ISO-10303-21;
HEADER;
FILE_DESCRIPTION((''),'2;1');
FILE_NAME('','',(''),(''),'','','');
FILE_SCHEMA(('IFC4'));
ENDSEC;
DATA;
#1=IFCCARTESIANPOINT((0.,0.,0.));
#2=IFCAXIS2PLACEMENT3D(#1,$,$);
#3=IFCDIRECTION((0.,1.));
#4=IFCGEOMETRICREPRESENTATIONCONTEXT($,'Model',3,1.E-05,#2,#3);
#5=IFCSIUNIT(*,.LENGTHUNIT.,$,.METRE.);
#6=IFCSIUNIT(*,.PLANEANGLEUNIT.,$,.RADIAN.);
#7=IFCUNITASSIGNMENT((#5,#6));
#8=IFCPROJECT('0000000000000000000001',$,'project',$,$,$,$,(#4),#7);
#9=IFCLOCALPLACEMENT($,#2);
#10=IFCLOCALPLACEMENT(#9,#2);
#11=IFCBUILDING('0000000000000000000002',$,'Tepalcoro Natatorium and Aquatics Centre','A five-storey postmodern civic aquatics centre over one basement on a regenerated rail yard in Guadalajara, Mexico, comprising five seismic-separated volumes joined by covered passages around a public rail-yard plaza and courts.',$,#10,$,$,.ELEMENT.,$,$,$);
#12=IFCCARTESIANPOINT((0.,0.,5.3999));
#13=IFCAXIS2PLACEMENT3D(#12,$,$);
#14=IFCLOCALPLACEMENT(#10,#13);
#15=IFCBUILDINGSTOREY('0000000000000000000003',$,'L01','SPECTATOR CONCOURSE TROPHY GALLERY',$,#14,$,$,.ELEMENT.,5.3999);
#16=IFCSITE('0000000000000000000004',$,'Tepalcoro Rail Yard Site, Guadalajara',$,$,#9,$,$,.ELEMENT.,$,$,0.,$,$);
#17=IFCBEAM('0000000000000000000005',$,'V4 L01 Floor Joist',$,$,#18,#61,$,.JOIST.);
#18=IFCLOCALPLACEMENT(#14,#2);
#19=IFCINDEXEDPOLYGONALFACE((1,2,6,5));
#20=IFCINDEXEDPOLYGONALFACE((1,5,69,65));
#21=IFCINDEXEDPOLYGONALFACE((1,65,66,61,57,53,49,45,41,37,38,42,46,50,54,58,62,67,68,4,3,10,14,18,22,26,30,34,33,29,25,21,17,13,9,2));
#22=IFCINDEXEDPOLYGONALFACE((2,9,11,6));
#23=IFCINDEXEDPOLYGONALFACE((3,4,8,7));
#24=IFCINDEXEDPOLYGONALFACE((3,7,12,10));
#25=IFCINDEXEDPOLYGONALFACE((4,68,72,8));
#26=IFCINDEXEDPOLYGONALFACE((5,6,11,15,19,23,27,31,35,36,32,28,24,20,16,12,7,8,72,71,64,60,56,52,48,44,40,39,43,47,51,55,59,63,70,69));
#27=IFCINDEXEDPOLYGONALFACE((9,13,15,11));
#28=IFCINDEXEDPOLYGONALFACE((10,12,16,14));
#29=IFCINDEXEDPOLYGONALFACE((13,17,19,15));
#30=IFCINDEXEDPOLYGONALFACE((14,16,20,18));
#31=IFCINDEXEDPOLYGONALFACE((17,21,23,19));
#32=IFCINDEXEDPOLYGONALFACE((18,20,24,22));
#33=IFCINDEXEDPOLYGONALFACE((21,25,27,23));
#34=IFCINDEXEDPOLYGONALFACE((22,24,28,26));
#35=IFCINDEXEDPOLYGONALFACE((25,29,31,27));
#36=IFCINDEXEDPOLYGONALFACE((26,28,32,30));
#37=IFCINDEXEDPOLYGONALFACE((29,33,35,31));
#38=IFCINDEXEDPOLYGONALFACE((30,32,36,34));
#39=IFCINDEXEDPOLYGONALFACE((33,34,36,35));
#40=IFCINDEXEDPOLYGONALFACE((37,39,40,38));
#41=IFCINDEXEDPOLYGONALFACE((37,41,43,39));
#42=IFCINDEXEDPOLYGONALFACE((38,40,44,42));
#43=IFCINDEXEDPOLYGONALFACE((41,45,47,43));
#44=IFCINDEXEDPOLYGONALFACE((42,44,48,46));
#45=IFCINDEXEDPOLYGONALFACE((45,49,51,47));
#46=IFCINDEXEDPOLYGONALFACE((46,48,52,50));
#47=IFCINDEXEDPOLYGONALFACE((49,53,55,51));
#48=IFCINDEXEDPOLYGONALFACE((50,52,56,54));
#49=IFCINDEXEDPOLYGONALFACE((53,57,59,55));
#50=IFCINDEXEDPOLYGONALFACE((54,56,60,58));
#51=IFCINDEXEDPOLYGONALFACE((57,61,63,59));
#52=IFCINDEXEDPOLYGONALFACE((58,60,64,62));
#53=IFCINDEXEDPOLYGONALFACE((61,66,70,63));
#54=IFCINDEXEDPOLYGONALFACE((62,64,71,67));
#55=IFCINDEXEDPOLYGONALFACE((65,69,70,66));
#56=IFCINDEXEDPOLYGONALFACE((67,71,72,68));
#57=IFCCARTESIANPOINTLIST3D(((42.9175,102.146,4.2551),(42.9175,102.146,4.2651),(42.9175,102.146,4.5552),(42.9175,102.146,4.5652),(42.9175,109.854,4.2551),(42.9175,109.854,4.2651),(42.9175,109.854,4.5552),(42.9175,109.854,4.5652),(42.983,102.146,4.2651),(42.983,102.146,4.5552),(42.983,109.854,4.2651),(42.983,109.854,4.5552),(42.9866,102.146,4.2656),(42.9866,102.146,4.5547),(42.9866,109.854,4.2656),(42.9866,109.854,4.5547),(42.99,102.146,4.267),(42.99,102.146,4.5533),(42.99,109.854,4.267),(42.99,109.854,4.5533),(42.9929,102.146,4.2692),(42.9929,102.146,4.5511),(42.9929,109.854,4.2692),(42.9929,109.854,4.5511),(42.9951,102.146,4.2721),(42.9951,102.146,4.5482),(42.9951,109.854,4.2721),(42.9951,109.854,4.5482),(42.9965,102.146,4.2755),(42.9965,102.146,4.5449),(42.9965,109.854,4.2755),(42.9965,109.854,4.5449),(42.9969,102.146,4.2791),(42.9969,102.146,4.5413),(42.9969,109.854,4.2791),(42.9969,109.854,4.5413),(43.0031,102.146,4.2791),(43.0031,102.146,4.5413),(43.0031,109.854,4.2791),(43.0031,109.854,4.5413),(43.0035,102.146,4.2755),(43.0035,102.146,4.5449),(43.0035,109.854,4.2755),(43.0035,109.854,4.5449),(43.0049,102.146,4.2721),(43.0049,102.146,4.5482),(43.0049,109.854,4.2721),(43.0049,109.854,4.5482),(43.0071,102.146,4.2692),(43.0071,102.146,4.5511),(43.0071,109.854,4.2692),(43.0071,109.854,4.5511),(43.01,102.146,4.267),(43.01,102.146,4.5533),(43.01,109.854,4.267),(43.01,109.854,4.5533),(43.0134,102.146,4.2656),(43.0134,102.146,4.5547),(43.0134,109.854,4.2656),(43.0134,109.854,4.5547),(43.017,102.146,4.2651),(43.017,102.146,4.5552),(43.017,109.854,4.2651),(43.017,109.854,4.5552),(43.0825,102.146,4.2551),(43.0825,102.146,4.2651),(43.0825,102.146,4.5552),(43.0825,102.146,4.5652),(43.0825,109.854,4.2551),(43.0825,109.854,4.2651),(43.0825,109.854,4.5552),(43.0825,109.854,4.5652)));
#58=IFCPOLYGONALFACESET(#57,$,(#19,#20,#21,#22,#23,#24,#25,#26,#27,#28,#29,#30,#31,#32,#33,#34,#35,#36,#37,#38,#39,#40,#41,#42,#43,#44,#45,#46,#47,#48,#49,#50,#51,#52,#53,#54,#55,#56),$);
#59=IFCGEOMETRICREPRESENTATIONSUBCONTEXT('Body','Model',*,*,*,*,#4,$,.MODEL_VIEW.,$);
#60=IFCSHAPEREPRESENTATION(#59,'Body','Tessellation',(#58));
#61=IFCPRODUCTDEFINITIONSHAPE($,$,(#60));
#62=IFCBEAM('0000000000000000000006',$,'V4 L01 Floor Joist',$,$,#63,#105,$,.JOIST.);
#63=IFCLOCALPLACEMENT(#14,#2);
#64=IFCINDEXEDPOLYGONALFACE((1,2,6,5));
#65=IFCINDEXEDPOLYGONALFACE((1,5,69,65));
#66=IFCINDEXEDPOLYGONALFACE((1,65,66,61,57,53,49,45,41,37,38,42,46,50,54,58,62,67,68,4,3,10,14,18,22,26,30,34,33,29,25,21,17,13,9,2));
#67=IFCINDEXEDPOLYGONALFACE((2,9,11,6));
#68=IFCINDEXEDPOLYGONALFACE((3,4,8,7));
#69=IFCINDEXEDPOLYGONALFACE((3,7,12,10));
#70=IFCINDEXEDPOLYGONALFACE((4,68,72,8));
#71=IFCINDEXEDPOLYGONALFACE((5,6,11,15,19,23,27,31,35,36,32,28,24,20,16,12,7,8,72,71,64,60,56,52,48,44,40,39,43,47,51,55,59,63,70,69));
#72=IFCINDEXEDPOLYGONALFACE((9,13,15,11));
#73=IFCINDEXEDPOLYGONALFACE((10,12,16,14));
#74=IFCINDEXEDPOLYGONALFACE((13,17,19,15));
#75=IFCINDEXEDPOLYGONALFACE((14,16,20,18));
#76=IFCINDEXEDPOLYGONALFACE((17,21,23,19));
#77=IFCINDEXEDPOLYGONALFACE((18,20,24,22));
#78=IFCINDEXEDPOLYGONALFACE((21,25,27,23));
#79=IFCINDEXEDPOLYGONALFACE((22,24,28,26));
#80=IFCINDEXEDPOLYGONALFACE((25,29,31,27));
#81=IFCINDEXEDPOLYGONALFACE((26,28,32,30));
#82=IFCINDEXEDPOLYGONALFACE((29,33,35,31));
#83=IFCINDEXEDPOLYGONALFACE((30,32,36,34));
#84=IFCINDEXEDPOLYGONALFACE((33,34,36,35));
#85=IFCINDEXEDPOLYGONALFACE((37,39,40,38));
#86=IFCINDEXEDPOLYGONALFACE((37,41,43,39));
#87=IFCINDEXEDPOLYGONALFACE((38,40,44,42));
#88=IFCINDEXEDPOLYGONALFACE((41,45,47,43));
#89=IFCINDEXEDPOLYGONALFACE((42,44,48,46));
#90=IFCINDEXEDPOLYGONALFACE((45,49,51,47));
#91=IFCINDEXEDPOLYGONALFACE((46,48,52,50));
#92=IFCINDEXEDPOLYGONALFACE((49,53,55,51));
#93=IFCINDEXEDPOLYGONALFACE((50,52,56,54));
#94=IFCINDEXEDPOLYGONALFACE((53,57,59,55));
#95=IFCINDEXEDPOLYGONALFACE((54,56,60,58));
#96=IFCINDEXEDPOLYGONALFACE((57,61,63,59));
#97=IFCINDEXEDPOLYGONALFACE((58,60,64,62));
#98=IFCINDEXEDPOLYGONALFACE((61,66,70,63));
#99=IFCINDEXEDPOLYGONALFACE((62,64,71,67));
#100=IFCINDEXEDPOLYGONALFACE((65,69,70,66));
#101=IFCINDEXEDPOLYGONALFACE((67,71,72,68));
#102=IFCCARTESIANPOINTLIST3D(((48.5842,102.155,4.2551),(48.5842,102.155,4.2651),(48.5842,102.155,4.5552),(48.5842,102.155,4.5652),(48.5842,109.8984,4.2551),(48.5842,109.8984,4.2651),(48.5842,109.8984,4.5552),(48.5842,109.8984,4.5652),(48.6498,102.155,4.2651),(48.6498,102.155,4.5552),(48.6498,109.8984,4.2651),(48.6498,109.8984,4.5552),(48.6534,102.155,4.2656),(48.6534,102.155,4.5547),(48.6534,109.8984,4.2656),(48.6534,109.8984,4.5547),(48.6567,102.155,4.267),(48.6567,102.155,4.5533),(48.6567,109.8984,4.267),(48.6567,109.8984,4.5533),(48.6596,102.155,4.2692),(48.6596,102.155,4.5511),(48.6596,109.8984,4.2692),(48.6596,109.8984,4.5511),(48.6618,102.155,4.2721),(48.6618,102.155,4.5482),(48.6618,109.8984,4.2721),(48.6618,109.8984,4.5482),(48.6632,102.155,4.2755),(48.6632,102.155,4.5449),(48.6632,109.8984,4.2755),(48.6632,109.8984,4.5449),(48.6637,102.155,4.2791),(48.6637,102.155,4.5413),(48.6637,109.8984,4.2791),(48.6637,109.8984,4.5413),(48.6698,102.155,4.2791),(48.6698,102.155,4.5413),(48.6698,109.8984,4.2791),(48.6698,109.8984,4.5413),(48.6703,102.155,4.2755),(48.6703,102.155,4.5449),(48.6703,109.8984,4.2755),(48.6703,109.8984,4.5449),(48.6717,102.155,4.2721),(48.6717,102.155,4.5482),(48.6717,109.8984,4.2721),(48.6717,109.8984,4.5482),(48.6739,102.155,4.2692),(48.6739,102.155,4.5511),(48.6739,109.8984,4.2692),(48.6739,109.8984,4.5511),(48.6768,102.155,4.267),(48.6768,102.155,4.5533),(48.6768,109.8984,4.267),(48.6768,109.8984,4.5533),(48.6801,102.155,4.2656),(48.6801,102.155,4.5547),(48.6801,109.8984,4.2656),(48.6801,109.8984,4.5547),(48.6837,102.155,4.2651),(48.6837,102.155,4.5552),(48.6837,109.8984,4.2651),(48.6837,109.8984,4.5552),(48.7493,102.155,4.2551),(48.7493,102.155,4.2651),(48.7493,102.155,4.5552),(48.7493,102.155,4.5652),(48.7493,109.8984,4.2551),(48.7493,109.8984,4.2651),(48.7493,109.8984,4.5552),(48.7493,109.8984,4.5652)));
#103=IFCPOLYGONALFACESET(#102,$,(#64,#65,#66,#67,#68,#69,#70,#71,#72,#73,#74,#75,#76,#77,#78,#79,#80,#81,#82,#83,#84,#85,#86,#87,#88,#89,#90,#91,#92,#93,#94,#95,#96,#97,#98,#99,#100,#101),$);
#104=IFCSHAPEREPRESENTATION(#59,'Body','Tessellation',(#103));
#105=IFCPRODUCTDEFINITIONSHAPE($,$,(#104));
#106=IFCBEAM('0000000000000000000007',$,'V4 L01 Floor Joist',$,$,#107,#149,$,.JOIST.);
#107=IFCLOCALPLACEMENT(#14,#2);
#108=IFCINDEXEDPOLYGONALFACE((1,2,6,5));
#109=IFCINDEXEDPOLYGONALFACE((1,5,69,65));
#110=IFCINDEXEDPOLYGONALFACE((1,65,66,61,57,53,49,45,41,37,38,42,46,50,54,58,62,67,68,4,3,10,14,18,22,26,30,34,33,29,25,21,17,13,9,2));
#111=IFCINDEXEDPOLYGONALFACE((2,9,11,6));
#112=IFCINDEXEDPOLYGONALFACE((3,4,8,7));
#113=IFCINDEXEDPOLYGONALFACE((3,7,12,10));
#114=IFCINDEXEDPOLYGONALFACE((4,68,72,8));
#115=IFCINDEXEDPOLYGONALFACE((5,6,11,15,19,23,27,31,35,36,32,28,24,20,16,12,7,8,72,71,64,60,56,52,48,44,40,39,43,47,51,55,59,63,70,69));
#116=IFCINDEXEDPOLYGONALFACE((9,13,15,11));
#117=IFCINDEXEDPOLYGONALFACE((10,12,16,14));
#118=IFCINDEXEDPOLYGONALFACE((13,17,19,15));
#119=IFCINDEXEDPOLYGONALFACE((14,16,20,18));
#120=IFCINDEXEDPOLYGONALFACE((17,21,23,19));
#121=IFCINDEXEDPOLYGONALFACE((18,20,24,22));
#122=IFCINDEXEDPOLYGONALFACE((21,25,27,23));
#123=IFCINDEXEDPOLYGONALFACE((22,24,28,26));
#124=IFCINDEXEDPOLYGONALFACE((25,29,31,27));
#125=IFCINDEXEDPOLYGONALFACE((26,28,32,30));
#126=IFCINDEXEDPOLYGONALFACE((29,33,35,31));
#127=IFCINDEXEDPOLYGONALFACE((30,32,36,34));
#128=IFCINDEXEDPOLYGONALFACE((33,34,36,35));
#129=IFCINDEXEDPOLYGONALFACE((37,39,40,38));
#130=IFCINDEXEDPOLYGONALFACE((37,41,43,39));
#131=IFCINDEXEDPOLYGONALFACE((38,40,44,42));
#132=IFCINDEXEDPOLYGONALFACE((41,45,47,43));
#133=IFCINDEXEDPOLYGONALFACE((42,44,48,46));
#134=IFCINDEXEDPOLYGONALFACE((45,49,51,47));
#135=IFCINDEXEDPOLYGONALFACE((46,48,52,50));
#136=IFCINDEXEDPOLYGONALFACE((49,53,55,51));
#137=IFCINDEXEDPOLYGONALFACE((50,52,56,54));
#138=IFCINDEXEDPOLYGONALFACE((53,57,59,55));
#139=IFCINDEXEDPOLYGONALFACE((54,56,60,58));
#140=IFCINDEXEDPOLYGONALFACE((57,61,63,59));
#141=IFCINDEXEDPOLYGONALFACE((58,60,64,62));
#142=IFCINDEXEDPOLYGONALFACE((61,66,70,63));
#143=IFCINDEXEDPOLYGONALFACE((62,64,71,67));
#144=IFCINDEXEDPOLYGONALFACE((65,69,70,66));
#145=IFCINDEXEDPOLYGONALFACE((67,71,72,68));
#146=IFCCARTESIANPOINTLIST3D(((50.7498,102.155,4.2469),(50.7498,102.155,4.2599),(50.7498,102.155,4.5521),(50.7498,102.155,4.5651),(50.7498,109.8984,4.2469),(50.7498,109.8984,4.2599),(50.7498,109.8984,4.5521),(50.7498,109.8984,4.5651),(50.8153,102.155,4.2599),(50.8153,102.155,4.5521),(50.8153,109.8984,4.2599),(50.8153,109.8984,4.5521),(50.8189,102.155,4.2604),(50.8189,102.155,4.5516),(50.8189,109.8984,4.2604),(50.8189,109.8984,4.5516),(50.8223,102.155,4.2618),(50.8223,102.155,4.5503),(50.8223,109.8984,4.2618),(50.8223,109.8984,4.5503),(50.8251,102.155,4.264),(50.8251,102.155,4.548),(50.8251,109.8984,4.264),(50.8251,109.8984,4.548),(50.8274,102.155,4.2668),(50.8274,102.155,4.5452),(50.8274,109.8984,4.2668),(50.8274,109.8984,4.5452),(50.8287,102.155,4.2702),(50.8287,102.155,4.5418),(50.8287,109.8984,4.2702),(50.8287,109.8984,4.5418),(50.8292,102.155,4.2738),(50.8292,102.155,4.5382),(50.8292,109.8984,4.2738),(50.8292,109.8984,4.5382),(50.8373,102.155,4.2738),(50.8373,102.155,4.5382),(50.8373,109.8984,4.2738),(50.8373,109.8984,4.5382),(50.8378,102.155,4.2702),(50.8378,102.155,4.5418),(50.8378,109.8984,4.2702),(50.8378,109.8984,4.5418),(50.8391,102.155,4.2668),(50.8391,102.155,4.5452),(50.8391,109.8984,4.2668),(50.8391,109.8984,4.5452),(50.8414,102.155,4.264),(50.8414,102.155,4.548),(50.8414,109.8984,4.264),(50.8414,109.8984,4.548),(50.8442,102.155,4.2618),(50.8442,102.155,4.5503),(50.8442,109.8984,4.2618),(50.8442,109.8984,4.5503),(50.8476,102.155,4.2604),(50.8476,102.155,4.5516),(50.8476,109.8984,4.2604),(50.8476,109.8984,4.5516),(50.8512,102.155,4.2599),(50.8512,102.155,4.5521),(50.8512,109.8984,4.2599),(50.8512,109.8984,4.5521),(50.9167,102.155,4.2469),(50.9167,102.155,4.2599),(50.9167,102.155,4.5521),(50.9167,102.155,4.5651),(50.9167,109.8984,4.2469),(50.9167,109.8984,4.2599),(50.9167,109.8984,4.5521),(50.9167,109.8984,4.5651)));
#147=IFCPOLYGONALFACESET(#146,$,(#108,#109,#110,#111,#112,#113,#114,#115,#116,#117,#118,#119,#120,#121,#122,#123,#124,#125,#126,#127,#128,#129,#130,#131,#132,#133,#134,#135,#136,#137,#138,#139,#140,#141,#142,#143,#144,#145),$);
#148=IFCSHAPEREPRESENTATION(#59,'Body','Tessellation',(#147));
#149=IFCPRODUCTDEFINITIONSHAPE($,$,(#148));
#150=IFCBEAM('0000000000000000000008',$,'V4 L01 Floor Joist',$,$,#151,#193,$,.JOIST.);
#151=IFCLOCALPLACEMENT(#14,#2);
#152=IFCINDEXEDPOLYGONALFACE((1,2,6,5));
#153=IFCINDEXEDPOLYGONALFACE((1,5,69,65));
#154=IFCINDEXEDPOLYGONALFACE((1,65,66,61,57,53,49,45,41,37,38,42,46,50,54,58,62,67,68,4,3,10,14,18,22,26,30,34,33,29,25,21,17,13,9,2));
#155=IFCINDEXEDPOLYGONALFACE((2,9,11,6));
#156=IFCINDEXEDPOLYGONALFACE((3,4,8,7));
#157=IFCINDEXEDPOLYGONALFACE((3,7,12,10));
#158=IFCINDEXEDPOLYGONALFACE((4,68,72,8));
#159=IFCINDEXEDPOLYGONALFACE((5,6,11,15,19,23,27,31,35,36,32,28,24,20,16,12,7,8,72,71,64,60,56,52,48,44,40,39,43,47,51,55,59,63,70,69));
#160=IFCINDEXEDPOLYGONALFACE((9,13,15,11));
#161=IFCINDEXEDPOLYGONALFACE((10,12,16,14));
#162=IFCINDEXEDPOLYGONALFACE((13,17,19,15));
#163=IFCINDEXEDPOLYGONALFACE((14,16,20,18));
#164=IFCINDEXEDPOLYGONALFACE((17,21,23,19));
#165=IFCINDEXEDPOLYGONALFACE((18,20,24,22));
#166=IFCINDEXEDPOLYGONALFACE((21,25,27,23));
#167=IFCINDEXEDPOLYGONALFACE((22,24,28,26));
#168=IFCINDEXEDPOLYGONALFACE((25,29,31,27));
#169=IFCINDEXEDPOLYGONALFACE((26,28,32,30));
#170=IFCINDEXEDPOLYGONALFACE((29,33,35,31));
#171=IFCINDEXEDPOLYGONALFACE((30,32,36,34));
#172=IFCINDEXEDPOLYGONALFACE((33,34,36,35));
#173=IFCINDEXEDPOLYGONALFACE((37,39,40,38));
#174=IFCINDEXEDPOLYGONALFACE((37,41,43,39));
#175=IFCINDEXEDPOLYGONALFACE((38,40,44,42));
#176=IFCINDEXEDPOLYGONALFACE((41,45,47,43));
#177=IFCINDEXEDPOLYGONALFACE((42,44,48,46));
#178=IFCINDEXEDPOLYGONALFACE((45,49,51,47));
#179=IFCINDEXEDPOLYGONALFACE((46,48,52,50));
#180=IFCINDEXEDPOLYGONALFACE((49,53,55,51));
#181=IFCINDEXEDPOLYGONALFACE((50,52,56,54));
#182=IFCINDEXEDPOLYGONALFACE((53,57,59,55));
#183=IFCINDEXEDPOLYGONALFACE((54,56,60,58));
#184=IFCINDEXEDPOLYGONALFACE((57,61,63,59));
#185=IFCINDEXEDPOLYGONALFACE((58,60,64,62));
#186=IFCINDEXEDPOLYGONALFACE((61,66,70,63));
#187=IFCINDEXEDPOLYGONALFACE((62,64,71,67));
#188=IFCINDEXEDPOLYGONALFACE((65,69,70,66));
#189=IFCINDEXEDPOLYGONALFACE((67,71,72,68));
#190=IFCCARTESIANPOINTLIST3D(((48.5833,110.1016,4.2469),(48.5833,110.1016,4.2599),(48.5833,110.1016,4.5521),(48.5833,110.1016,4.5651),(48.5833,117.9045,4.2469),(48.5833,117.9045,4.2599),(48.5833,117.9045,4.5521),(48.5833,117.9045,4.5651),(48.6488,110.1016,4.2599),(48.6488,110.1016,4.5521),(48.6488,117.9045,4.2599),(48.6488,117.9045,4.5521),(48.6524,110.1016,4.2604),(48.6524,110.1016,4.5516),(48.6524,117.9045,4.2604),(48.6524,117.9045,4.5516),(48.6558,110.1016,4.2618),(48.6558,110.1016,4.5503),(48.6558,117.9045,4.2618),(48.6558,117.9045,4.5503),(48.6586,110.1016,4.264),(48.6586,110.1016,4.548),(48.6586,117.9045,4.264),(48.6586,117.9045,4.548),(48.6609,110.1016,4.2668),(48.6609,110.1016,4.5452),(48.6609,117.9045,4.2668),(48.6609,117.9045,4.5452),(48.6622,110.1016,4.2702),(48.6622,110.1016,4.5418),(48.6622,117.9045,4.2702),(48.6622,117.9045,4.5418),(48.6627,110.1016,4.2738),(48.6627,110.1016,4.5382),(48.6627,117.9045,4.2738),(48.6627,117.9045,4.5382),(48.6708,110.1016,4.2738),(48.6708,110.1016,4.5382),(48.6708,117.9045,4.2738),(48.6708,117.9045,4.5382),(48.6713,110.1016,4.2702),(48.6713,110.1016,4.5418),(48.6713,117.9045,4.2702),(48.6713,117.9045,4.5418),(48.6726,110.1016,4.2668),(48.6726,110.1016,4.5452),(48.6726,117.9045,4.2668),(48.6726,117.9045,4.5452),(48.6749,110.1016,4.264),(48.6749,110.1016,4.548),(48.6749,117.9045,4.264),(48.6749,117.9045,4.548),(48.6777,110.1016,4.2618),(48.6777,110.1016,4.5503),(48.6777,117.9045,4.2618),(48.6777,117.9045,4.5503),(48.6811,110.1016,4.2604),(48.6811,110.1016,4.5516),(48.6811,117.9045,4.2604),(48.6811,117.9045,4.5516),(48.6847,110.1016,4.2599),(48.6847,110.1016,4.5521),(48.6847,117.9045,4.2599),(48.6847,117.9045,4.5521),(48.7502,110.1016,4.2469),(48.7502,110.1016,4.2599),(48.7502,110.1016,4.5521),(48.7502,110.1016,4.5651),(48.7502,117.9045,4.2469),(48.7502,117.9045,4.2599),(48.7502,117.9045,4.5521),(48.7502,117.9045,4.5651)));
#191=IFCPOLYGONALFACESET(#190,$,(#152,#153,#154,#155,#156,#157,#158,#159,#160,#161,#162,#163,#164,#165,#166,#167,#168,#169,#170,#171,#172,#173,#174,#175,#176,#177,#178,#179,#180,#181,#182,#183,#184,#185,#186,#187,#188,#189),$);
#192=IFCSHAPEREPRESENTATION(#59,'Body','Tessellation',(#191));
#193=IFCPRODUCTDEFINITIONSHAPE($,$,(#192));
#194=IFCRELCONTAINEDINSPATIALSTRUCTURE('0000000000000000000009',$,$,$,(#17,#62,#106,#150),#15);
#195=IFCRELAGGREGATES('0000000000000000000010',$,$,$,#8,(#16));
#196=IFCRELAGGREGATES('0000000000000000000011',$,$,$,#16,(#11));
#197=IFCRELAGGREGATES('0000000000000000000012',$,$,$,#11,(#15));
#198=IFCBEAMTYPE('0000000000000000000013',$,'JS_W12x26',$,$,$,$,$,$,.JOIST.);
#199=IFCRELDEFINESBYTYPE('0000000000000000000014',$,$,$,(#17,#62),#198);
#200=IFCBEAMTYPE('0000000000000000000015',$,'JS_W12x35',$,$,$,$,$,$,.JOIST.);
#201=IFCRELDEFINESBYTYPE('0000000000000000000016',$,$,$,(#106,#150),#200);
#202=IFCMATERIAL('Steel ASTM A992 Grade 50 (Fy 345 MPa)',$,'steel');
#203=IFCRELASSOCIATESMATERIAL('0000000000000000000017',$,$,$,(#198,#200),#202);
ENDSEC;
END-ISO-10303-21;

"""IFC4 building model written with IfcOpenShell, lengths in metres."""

from ifc_helpers import new_model, si_unit, direction, frame, origin, origin_2d, place, context, subcontext, project, spatial, i_section, extrude, material, material_profile, profile_set, type_object, element, save


model = new_model("IFC4")

# Units and contexts
model_context = context("Model", 3, precision=1e-05, world=origin(), true_north=direction((0.0, 1.0)))
body_context = subcontext(model_context, "Body", "Model", "MODEL_VIEW")
ifc_project = project(units=[si_unit("LENGTHUNIT", "METRE"), si_unit("PLANEANGLEUNIT", "RADIAN")], contexts=[model_context])

# Site, building, storey
site_placement = place(None, origin())
site = spatial("IfcSite", under=ifc_project, at=site_placement, Name="Tepalcoro Rail Yard Site, Guadalajara", CompositionType="ELEMENT", RefElevation=0.0)
building_placement = place(site_placement, origin())
building = spatial("IfcBuilding", under=site, at=building_placement, Name="Tepalcoro Natatorium and Aquatics Centre", Description="A five-storey postmodern civic aquatics centre over one basement on a regenerated rail yard in Guadalajara, Mexico, comprising five seismic-separated volumes joined by covered passages around a public rail-yard plaza and courts.", CompositionType="ELEMENT")
storey_placement = place(building_placement, frame((0.0, 0.0, 5.3999)))
storey = spatial("IfcBuildingStorey", under=building, at=storey_placement, Name="L01", Description="SPECTATOR CONCOURSE TROPHY GALLERY", CompositionType="ELEMENT", Elevation=5.3999)

# Beams
ifc_material_1 = material(Name="Steel ASTM A992 Grade 50 (Fy 345 MPa)", Category="steel")
ifc_material_profile_1 = material_profile(ifc_material_1, i_section(OverallWidth=0.165, OverallDepth=0.3101, WebThickness=0.0061, FlangeThickness=0.01, FilletRadius=0.0139, at=origin_2d()), Name="W12X26")
ifc_profile_set_1 = profile_set([ifc_material_profile_1], Name="Steel ASTM A992 Grade 50 (Fy 345 MPa)")
beam_type_1 = type_object("IfcBeamType", Name="JS_W12x26", PredefinedType="JOIST", material=ifc_profile_set_1)
beam_1_placement = place(storey_placement, frame((43.0, 102.146, 4.4102), z_axis=(0.0, 1.0, 0.0), x_axis=(-1.0, 0.0, 0.0)))
element("IfcBeam", 1, at=beam_1_placement, inside=storey, type_object=beam_type_1, Name="V4 L01 Floor Joist", PredefinedType="JOIST", context=body_context, shape_type="SweptSolid", body=[
    extrude(i_section(OverallWidth=0.165, OverallDepth=0.3101, WebThickness=0.0061, FlangeThickness=0.01, FilletRadius=0.0139, at=origin_2d()), origin(), (0.0, 0.0, 1.0), 7.708),
])
beam_2_placement = place(storey_placement, frame((48.6667, 102.155, 4.4102), z_axis=(0.0, 1.0, 0.0), x_axis=(-1.0, 0.0, 0.0)))
element("IfcBeam", 2, at=beam_2_placement, inside=storey, type_object=beam_type_1, Name="V4 L01 Floor Joist", PredefinedType="JOIST", context=body_context, shape_type="SweptSolid", body=[
    extrude(i_section(OverallWidth=0.165, OverallDepth=0.3101, WebThickness=0.0061, FlangeThickness=0.01, FilletRadius=0.0139, at=origin_2d()), origin(), (0.0, 0.0, 1.0), 7.7434),
])
ifc_material_profile_2 = material_profile(ifc_material_1, i_section(OverallWidth=0.167, OverallDepth=0.3181, WebThickness=0.0081, FlangeThickness=0.0129, FilletRadius=0.0139, at=origin_2d()), Name="W12X35")
ifc_profile_set_2 = profile_set([ifc_material_profile_2], Name="Steel ASTM A992 Grade 50 (Fy 345 MPa)")
beam_type_2 = type_object("IfcBeamType", Name="JS_W12x35", PredefinedType="JOIST", material=ifc_profile_set_2)
beam_3_placement = place(storey_placement, frame((50.8333, 102.155, 4.406), z_axis=(0.0, 1.0, 0.0), x_axis=(-1.0, 0.0, 0.0)))
element("IfcBeam", 3, at=beam_3_placement, inside=storey, type_object=beam_type_2, Name="V4 L01 Floor Joist", PredefinedType="JOIST", context=body_context, shape_type="SweptSolid", body=[
    extrude(i_section(OverallWidth=0.167, OverallDepth=0.3181, WebThickness=0.0081, FlangeThickness=0.0129, FilletRadius=0.0139, at=origin_2d()), origin(), (0.0, 0.0, 1.0), 7.7434),
])
beam_4_placement = place(storey_placement, frame((48.6667, 110.1016, 4.406), z_axis=(0.0, 1.0, 0.0), x_axis=(-1.0, 0.0, 0.0)))
element("IfcBeam", 4, at=beam_4_placement, inside=storey, type_object=beam_type_2, Name="V4 L01 Floor Joist", PredefinedType="JOIST", context=body_context, shape_type="SweptSolid", body=[
    extrude(i_section(OverallWidth=0.167, OverallDepth=0.3181, WebThickness=0.0081, FlangeThickness=0.0129, FilletRadius=0.0139, at=origin_2d()), origin(), (0.0, 0.0, 1.0), 7.803),
])

save(model, "model.ifc")
